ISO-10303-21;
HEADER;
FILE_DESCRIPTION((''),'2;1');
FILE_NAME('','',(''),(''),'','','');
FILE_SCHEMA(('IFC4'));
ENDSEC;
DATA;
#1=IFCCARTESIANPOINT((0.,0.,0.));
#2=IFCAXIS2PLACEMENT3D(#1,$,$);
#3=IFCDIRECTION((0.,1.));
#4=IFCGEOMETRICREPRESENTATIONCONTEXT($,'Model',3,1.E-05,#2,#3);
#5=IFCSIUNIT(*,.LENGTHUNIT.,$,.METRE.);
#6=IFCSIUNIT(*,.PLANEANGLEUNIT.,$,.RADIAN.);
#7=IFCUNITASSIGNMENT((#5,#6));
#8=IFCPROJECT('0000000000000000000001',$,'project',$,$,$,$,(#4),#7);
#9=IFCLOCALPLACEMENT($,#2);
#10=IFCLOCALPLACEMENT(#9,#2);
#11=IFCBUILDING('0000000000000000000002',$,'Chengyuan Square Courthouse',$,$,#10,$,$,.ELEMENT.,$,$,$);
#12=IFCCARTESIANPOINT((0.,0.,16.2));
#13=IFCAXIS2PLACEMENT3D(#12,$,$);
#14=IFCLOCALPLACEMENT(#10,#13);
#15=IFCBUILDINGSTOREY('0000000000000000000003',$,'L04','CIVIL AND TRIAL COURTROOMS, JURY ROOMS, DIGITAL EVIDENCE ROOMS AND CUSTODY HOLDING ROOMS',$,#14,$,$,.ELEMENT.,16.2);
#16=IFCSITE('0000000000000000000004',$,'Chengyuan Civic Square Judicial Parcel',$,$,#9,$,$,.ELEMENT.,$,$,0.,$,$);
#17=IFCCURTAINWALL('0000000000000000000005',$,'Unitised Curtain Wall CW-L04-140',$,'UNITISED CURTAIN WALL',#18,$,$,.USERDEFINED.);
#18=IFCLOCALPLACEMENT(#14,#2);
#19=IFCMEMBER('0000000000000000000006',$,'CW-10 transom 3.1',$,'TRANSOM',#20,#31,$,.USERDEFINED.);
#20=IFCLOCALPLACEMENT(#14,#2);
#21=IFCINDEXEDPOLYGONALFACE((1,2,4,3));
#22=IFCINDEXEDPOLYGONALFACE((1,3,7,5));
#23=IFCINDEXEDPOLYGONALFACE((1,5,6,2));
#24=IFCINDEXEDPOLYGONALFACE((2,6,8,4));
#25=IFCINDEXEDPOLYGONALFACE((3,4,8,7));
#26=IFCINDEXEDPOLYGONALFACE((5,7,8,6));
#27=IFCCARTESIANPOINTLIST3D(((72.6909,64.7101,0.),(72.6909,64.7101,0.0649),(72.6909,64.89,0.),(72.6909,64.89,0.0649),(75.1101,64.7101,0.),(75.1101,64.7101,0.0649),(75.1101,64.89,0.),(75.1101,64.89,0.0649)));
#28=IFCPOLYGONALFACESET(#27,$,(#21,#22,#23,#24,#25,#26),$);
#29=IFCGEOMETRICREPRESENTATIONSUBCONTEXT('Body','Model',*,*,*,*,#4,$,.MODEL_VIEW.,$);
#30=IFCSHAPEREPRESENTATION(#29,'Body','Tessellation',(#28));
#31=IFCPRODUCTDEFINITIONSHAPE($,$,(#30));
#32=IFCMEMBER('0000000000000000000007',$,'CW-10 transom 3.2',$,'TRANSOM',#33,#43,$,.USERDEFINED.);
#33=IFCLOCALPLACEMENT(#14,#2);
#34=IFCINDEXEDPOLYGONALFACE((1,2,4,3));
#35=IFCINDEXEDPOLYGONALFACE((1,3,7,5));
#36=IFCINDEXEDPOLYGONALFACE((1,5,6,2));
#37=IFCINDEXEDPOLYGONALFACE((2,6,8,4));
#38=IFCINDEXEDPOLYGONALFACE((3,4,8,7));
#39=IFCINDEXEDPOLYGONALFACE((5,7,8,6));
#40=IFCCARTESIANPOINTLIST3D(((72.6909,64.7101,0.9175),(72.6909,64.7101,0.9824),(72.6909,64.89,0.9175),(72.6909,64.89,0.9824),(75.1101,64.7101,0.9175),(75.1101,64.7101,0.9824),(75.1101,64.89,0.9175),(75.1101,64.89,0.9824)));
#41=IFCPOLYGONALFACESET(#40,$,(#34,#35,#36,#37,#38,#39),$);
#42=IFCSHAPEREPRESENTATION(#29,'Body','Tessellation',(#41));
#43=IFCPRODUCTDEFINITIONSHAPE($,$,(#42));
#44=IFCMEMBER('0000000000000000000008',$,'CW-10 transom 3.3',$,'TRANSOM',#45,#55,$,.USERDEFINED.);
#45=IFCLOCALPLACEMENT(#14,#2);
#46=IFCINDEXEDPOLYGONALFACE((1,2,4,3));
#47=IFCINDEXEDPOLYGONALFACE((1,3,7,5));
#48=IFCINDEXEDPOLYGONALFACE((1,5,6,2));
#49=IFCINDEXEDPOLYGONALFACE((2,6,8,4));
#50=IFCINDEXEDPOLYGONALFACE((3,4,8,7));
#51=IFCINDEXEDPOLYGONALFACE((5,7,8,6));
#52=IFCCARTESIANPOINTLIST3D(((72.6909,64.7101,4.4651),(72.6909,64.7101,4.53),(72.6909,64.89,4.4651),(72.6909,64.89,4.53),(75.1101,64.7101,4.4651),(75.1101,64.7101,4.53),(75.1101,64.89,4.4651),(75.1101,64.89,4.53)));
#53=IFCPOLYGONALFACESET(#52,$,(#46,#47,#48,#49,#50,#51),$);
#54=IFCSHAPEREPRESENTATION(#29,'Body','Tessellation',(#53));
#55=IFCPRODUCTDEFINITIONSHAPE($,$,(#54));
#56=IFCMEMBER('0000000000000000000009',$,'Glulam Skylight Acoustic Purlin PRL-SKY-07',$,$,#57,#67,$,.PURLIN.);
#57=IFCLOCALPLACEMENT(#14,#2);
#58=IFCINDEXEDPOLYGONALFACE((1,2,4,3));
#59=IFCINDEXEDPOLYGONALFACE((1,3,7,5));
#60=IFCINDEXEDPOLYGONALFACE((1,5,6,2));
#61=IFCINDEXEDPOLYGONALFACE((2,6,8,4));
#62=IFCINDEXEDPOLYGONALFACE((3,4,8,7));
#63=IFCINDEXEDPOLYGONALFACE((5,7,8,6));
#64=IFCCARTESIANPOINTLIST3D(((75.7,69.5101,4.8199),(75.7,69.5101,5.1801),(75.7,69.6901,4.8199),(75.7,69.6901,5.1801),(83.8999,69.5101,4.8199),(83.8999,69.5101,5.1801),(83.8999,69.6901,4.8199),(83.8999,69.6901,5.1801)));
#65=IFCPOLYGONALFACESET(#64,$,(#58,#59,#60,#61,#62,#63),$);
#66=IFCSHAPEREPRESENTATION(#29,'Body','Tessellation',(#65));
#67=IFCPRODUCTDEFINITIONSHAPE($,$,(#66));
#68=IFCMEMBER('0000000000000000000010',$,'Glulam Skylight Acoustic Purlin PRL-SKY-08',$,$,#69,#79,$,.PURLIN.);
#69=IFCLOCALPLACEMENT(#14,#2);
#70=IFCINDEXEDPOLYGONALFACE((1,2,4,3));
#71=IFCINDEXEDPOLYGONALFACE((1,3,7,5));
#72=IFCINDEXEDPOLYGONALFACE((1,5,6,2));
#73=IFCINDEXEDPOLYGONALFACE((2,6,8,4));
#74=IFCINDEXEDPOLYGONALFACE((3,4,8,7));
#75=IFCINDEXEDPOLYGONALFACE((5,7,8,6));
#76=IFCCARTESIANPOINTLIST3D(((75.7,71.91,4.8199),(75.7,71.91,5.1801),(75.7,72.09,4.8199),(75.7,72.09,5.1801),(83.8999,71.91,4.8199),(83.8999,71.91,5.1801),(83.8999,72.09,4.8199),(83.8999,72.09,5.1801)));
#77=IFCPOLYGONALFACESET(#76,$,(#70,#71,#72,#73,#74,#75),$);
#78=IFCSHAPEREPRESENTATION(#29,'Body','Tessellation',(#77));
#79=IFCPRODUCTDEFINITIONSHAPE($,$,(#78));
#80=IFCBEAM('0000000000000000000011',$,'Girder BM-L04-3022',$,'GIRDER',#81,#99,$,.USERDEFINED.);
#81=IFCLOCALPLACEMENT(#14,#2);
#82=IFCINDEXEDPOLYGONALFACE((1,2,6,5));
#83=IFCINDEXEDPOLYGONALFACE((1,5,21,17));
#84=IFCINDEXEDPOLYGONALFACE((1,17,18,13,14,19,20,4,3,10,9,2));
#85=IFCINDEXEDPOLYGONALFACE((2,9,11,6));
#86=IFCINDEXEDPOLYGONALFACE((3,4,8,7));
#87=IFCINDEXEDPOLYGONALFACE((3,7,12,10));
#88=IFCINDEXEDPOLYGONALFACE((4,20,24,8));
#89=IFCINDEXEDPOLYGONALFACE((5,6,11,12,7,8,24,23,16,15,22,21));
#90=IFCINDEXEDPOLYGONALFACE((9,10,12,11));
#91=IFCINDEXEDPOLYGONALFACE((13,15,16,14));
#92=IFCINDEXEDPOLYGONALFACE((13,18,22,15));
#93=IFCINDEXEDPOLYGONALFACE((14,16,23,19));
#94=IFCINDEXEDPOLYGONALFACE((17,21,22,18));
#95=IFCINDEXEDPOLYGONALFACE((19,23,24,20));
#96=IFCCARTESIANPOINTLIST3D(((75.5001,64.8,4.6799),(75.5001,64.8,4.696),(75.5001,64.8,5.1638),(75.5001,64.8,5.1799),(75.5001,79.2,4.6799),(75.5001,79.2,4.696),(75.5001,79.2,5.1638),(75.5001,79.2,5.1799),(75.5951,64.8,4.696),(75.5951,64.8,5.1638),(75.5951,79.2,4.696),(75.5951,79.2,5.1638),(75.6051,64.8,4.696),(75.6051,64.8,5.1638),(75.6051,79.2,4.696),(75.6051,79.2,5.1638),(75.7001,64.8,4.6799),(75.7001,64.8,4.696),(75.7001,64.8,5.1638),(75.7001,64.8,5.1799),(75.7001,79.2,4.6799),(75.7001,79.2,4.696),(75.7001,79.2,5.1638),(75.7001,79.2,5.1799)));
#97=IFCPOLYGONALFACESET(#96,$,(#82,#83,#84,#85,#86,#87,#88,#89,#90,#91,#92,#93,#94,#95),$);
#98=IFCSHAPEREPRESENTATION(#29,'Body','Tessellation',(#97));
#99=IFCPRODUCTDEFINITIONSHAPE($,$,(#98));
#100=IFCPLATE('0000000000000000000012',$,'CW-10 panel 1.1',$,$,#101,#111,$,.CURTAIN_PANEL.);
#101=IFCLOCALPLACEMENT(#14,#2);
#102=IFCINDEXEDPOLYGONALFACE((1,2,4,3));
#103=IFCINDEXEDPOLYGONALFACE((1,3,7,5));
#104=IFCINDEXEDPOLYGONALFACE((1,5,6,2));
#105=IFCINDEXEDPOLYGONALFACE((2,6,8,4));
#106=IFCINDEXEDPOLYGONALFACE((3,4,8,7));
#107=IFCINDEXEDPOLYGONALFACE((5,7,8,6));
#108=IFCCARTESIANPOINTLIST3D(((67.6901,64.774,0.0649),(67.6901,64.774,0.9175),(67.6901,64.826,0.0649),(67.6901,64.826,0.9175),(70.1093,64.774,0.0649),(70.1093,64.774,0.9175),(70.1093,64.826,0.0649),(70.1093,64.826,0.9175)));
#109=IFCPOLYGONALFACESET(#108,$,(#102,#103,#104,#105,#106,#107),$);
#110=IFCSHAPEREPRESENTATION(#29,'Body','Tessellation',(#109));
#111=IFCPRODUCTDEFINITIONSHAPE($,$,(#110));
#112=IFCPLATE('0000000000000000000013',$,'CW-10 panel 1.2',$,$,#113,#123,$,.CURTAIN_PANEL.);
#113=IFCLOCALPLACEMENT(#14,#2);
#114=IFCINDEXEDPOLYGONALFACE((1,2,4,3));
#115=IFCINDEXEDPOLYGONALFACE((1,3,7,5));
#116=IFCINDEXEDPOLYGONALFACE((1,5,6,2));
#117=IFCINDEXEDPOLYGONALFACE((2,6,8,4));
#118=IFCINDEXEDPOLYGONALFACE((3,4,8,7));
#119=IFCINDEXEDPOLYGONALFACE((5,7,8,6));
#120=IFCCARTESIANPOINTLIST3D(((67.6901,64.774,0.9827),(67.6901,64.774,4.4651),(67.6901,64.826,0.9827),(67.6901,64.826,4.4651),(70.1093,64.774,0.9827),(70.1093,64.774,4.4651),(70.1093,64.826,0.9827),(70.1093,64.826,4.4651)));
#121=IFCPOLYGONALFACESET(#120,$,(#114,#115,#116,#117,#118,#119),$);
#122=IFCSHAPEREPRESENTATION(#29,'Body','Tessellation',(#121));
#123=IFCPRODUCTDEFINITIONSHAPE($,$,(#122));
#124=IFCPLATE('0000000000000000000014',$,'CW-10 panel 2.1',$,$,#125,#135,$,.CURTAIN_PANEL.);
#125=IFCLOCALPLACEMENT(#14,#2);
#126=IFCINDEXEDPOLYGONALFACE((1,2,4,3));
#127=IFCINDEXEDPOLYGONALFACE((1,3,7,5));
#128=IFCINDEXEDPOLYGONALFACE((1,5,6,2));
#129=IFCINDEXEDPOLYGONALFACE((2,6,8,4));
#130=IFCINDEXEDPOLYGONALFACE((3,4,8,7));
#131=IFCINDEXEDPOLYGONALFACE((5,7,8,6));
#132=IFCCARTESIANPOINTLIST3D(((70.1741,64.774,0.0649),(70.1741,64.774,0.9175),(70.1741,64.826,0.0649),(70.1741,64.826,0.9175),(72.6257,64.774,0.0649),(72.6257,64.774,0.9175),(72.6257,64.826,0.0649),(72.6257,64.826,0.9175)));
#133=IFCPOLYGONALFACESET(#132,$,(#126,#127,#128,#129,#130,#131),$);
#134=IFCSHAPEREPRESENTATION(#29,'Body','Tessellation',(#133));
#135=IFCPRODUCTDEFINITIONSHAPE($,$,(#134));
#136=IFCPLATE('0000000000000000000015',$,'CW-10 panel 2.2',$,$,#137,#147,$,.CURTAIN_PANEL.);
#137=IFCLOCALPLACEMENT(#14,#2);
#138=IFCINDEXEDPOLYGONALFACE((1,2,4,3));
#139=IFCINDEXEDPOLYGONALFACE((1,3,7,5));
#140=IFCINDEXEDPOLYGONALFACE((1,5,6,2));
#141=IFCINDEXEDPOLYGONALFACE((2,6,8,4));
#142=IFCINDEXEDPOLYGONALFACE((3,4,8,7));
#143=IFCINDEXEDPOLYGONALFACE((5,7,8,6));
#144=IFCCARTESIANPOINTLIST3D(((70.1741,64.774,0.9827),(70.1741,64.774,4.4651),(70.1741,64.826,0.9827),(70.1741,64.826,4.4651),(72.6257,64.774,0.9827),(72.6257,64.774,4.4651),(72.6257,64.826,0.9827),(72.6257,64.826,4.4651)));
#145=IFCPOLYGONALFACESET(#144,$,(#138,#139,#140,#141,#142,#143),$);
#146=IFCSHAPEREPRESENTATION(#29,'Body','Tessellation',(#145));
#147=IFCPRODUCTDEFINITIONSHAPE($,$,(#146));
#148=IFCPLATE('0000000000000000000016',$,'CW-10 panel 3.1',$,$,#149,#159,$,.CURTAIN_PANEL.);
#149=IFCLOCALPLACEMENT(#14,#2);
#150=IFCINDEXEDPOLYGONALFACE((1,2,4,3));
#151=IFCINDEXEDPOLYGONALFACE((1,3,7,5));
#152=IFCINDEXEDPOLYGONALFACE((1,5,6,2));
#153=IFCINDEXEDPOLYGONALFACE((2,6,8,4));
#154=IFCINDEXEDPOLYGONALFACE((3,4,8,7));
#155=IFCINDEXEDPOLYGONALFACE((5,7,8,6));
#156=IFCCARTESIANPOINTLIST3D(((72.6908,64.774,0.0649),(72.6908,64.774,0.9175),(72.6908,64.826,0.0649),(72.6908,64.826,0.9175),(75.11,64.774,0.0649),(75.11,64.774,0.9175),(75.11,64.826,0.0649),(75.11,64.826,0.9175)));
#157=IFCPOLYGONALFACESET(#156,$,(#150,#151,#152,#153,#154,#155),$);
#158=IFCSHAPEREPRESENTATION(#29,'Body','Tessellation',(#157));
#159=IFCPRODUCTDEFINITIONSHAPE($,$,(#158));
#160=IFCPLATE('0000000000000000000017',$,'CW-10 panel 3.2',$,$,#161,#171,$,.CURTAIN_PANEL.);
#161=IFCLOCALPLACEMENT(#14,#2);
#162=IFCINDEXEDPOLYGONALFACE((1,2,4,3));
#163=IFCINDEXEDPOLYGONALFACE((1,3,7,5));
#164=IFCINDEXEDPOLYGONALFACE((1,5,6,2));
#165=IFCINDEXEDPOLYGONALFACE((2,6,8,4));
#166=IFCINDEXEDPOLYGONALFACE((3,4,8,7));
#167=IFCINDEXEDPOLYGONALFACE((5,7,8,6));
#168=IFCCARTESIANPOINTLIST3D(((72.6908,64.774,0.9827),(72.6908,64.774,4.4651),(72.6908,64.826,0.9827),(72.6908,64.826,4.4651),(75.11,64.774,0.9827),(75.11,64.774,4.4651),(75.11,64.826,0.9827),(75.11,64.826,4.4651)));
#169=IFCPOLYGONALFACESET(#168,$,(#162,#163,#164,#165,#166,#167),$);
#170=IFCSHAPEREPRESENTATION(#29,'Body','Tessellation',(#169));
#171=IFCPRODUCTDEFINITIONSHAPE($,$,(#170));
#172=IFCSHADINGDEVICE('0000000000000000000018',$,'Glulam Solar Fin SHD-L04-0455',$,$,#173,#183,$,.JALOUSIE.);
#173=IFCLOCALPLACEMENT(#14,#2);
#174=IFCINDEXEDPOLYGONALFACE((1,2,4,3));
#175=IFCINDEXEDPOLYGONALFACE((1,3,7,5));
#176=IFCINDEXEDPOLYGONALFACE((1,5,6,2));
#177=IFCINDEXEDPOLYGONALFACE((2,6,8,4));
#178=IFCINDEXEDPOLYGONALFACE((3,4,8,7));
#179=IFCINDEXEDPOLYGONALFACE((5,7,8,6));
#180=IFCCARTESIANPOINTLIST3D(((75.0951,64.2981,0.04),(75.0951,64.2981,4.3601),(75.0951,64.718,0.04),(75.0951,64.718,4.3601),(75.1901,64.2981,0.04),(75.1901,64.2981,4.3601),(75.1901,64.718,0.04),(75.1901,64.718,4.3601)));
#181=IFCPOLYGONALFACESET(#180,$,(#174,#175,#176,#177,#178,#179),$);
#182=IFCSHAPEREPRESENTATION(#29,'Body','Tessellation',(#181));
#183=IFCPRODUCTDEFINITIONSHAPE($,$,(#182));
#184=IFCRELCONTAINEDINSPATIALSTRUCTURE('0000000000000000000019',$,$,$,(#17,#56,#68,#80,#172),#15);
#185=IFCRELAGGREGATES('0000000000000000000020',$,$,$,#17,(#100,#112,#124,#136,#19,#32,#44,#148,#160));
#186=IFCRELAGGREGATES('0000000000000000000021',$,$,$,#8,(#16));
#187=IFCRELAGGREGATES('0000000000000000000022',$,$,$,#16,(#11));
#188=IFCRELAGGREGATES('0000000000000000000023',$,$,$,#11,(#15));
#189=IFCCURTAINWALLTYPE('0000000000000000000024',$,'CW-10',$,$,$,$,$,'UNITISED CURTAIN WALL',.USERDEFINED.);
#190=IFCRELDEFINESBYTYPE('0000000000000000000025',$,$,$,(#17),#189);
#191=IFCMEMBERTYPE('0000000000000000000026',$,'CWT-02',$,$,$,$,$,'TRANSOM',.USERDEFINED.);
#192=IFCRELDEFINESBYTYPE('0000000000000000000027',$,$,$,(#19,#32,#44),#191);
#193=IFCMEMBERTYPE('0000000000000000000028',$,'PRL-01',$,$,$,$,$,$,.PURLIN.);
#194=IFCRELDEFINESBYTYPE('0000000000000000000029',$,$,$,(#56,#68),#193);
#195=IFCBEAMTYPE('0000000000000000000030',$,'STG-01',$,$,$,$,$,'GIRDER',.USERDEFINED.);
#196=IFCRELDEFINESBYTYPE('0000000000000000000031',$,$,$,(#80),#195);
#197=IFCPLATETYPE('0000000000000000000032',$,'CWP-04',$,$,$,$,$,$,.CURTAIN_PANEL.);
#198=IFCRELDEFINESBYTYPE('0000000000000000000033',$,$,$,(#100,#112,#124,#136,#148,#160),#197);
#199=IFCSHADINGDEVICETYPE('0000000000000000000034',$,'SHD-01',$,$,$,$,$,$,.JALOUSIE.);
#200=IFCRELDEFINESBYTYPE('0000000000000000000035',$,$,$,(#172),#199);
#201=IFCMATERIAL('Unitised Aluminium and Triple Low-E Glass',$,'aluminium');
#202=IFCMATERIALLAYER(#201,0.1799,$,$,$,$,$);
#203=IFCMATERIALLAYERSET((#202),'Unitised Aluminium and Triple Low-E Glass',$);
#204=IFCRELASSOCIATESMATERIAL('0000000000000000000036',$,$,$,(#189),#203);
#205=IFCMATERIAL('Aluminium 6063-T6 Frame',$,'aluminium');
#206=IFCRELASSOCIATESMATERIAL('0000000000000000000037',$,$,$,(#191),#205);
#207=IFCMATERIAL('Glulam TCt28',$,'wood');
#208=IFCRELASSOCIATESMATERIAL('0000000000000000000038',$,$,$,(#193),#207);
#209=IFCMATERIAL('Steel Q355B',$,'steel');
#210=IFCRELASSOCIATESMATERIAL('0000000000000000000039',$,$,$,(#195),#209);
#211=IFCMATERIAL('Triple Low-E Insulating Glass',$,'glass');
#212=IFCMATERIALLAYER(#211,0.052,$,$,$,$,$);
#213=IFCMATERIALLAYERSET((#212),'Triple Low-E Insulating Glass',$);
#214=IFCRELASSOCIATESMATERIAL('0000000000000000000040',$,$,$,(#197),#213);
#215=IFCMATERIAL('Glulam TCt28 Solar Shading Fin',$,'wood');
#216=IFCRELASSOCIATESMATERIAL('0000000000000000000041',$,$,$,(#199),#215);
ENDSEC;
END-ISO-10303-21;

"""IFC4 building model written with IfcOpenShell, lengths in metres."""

from ifc_helpers import new_model, si_unit, direction, frame, origin, origin_2d, place, context, subcontext, project, spatial, rectangle, i_section, extrude, material, layer, layer_set, material_profile, profile_set, type_object, element, aggregate, save


model = new_model("IFC4")

# Units and contexts
model_context = context("Model", 3, precision=1e-05, world=origin(), true_north=direction((0.0, 1.0)))
body_context = subcontext(model_context, "Body", "Model", "MODEL_VIEW")
ifc_project = project(units=[si_unit("LENGTHUNIT", "METRE"), si_unit("PLANEANGLEUNIT", "RADIAN")], contexts=[model_context])

# Site, building, storey
site_placement = place(None, origin())
site = spatial("IfcSite", under=ifc_project, at=site_placement, Name="Chengyuan Civic Square Judicial Parcel", CompositionType="ELEMENT", RefElevation=0.0)
building_placement = place(site_placement, origin())
building = spatial("IfcBuilding", under=site, at=building_placement, Name="Chengyuan Square Courthouse", CompositionType="ELEMENT")
storey_placement = place(building_placement, frame((0.0, 0.0, 16.2)))
storey = spatial("IfcBuildingStorey", under=building, at=storey_placement, Name="L04", Description="CIVIL AND TRIAL COURTROOMS, JURY ROOMS, DIGITAL EVIDENCE ROOMS AND CUSTODY HOLDING ROOMS", CompositionType="ELEMENT", Elevation=16.2)

# Shared definitions
ifc_material_1 = material(Name="Steel Q355B", Category="steel")

# Curtain wall, members
ifc_material_2 = material(Name="Unitised Aluminium and Triple Low-E Glass", Category="aluminium")
ifc_layer_1 = layer(ifc_material_2, 0.1799)
ifc_layer_set_1 = layer_set([ifc_layer_1], Name="Unitised Aluminium and Triple Low-E Glass")
curtain_wall_type = type_object("IfcCurtainWallType", Name="CW-10", ElementType="UNITISED CURTAIN WALL", PredefinedType="USERDEFINED", material=ifc_layer_set_1)
curtain_wall_placement = place(storey_placement, origin())
curtain_wall = element("IfcCurtainWall", 1, at=curtain_wall_placement, inside=storey, type_object=curtain_wall_type, Name="Unitised Curtain Wall CW-L04-140", ObjectType="UNITISED CURTAIN WALL", PredefinedType="USERDEFINED")
ifc_material_3 = material(Name="Aluminium 6063-T6 Frame", Category="aluminium")
ifc_material_profile_1 = material_profile(ifc_material_3, rectangle(XDim=0.1799, YDim=0.0649, at=origin_2d()), Name="CW-TRN-65x140")
ifc_profile_set_1 = profile_set([ifc_material_profile_1], Name="Aluminium 6063-T6 Frame")
member_type_1 = type_object("IfcMemberType", Name="CWT-02", ElementType="TRANSOM", PredefinedType="USERDEFINED", material=ifc_profile_set_1)
member_1_placement = place(storey_placement, frame((72.6909, 64.8, 0.0325), z_axis=(1.0, 0.0, 0.0), x_axis=(0.0, 1.0, 0.0)))
member_1 = element("IfcMember", 2, at=member_1_placement, type_object=member_type_1, Name="CW-10 transom 3.1", ObjectType="TRANSOM", PredefinedType="USERDEFINED", context=body_context, shape_type="SweptSolid", body=[
    extrude(rectangle(XDim=0.1799, YDim=0.0649, at=origin_2d()), origin(), (0.0, 0.0, 1.0), 2.4192),
])
member_2_placement = place(storey_placement, frame((72.6909, 64.8, 0.95), z_axis=(1.0, 0.0, 0.0), x_axis=(0.0, 1.0, 0.0)))
member_2 = element("IfcMember", 3, at=member_2_placement, type_object=member_type_1, Name="CW-10 transom 3.2", ObjectType="TRANSOM", PredefinedType="USERDEFINED", context=body_context, shape_type="SweptSolid", body=[
    extrude(rectangle(XDim=0.1799, YDim=0.0649, at=origin_2d()), origin(), (0.0, 0.0, 1.0), 2.4192),
])
member_3_placement = place(storey_placement, frame((72.6909, 64.8, 4.4976), z_axis=(1.0, 0.0, 0.0), x_axis=(0.0, 1.0, 0.0)))
member_3 = element("IfcMember", 4, at=member_3_placement, type_object=member_type_1, Name="CW-10 transom 3.3", ObjectType="TRANSOM", PredefinedType="USERDEFINED", context=body_context, shape_type="SweptSolid", body=[
    extrude(rectangle(XDim=0.1799, YDim=0.0649, at=origin_2d()), origin(), (0.0, 0.0, 1.0), 2.4192),
])

# Members
ifc_material_4 = material(Name="Glulam TCt28", Category="wood")
ifc_material_profile_2 = material_profile(ifc_material_4, rectangle(XDim=0.1799, YDim=0.3601, at=origin_2d()), Name="GL-PRL-180x360")
ifc_profile_set_2 = profile_set([ifc_material_profile_2], Name="Glulam TCt28")
member_type_2 = type_object("IfcMemberType", Name="PRL-01", PredefinedType="PURLIN", material=ifc_profile_set_2)
for number, where, z_axis, x_axis, name in (
    (5, (75.7, 69.6001, 5.0), (1.0, 0.0, 0.0), (0.0, 1.0, 0.0), "Glulam Skylight Acoustic Purlin PRL-SKY-07"),
    (6, (75.7, 72.0, 5.0), (1.0, 0.0, 0.0), (0.0, 1.0, 0.0), "Glulam Skylight Acoustic Purlin PRL-SKY-08"),
):
    element("IfcMember", number, at=place(storey_placement, frame(where, z_axis=z_axis, x_axis=x_axis)), inside=storey, type_object=member_type_2, Name=name, PredefinedType="PURLIN", context=body_context, shape_type="SweptSolid", body=[
        extrude(rectangle(XDim=0.1799, YDim=0.3601, at=origin_2d()), origin(), (0.0, 0.0, 1.0), 8.2),
    ])

# Beam
ifc_material_profile_3 = material_profile(ifc_material_1, i_section(OverallWidth=0.2, OverallDepth=0.5, WebThickness=0.01, FlangeThickness=0.0161, at=origin_2d()), Name="HN 500x200x10x16")
ifc_profile_set_3 = profile_set([ifc_material_profile_3], Name="Steel Q355B")
beam_type_1 = type_object("IfcBeamType", Name="STG-01", ElementType="GIRDER", PredefinedType="USERDEFINED", material=ifc_profile_set_3)
beam_1_placement = place(storey_placement, frame((75.6001, 64.8, 4.9299), z_axis=(0.0, 1.0, 0.0), x_axis=(-1.0, 0.0, 0.0)))
element("IfcBeam", 7, at=beam_1_placement, inside=storey, type_object=beam_type_1, Name="Girder BM-L04-3022", ObjectType="GIRDER", PredefinedType="USERDEFINED", context=body_context, shape_type="SweptSolid", body=[
    extrude(i_section(OverallWidth=0.2, OverallDepth=0.5, WebThickness=0.01, FlangeThickness=0.0161, at=origin_2d()), origin(), (0.0, 0.0, 1.0), 14.3999),
])

# Plates
ifc_material_5 = material(Name="Triple Low-E Insulating Glass", Category="glass")
ifc_layer_2 = layer(ifc_material_5, 0.052)
ifc_layer_set_2 = layer_set([ifc_layer_2], Name="Triple Low-E Insulating Glass")
plate_type = type_object("IfcPlateType", Name="CWP-04", PredefinedType="CURTAIN_PANEL", material=ifc_layer_set_2)
plate_1_placement = place(storey_placement, frame((68.8997, 64.8, 0.0649), z_axis=(0.0, 0.0, 1.0), x_axis=(1.0, 0.0, 0.0)))
plate_1 = element("IfcPlate", 8, at=plate_1_placement, type_object=plate_type, Name="CW-10 panel 1.1", PredefinedType="CURTAIN_PANEL", context=body_context, shape_type="SweptSolid", body=[
    extrude(rectangle(XDim=2.4192, YDim=0.052, at=origin_2d()), origin(), (0.0, 0.0, 1.0), 0.8525),
])
plate_2_placement = place(storey_placement, frame((68.8997, 64.8, 0.9827), z_axis=(0.0, 0.0, 1.0), x_axis=(1.0, 0.0, 0.0)))
plate_2 = element("IfcPlate", 9, at=plate_2_placement, type_object=plate_type, Name="CW-10 panel 1.2", PredefinedType="CURTAIN_PANEL", context=body_context, shape_type="SweptSolid", body=[
    extrude(rectangle(XDim=2.4192, YDim=0.052, at=origin_2d()), origin(), (0.0, 0.0, 1.0), 3.4824),
])
plate_3_placement = place(storey_placement, frame((71.3999, 64.8, 0.0649), z_axis=(0.0, 0.0, 1.0), x_axis=(1.0, 0.0, 0.0)))
plate_3 = element("IfcPlate", 10, at=plate_3_placement, type_object=plate_type, Name="CW-10 panel 2.1", PredefinedType="CURTAIN_PANEL", context=body_context, shape_type="SweptSolid", body=[
    extrude(rectangle(XDim=2.4517, YDim=0.052, at=origin_2d()), origin(), (0.0, 0.0, 1.0), 0.8525),
])
plate_4_placement = place(storey_placement, frame((71.3999, 64.8, 0.9827), z_axis=(0.0, 0.0, 1.0), x_axis=(1.0, 0.0, 0.0)))
plate_4 = element("IfcPlate", 11, at=plate_4_placement, type_object=plate_type, Name="CW-10 panel 2.2", PredefinedType="CURTAIN_PANEL", context=body_context, shape_type="SweptSolid", body=[
    extrude(rectangle(XDim=2.4517, YDim=0.052, at=origin_2d()), origin(), (0.0, 0.0, 1.0), 3.4824),
])
plate_5_placement = place(storey_placement, frame((73.9004, 64.8, 0.0649), z_axis=(0.0, 0.0, 1.0), x_axis=(1.0, 0.0, 0.0)))
plate_5 = element("IfcPlate", 12, at=plate_5_placement, type_object=plate_type, Name="CW-10 panel 3.1", PredefinedType="CURTAIN_PANEL", context=body_context, shape_type="SweptSolid", body=[
    extrude(rectangle(XDim=2.4192, YDim=0.052, at=origin_2d()), origin(), (0.0, 0.0, 1.0), 0.8525),
])
plate_6_placement = place(storey_placement, frame((73.9004, 64.8, 0.9827), z_axis=(0.0, 0.0, 1.0), x_axis=(1.0, 0.0, 0.0)))
plate_6 = element("IfcPlate", 13, at=plate_6_placement, type_object=plate_type, Name="CW-10 panel 3.2", PredefinedType="CURTAIN_PANEL", context=body_context, shape_type="SweptSolid", body=[
    extrude(rectangle(XDim=2.4192, YDim=0.052, at=origin_2d()), origin(), (0.0, 0.0, 1.0), 3.4824),
])
aggregate(curtain_wall, [plate_1, plate_2, plate_3, plate_4, member_1, member_2, member_3, plate_5, plate_6])

# Shading device
ifc_material_6 = material(Name="Glulam TCt28 Solar Shading Fin", Category="wood")
shading_device_type_1 = type_object("IfcShadingDeviceType", Name="SHD-01", PredefinedType="JALOUSIE", material=ifc_material_6)
shading_device_1_placement = place(storey_placement, frame((75.1426, 64.5081, 0.04), z_axis=(0.0, 0.0, 1.0), x_axis=(0.0, 1.0, 0.0)))
element("IfcShadingDevice", 14, at=shading_device_1_placement, inside=storey, type_object=shading_device_type_1, Name="Glulam Solar Fin SHD-L04-0455", PredefinedType="JALOUSIE", context=body_context, shape_type="SweptSolid", body=[
    extrude(rectangle(XDim=0.4199, YDim=0.095, at=origin_2d()), origin(), (0.0, 0.0, 1.0), 4.3201),
])

save(model, "model.ifc")
